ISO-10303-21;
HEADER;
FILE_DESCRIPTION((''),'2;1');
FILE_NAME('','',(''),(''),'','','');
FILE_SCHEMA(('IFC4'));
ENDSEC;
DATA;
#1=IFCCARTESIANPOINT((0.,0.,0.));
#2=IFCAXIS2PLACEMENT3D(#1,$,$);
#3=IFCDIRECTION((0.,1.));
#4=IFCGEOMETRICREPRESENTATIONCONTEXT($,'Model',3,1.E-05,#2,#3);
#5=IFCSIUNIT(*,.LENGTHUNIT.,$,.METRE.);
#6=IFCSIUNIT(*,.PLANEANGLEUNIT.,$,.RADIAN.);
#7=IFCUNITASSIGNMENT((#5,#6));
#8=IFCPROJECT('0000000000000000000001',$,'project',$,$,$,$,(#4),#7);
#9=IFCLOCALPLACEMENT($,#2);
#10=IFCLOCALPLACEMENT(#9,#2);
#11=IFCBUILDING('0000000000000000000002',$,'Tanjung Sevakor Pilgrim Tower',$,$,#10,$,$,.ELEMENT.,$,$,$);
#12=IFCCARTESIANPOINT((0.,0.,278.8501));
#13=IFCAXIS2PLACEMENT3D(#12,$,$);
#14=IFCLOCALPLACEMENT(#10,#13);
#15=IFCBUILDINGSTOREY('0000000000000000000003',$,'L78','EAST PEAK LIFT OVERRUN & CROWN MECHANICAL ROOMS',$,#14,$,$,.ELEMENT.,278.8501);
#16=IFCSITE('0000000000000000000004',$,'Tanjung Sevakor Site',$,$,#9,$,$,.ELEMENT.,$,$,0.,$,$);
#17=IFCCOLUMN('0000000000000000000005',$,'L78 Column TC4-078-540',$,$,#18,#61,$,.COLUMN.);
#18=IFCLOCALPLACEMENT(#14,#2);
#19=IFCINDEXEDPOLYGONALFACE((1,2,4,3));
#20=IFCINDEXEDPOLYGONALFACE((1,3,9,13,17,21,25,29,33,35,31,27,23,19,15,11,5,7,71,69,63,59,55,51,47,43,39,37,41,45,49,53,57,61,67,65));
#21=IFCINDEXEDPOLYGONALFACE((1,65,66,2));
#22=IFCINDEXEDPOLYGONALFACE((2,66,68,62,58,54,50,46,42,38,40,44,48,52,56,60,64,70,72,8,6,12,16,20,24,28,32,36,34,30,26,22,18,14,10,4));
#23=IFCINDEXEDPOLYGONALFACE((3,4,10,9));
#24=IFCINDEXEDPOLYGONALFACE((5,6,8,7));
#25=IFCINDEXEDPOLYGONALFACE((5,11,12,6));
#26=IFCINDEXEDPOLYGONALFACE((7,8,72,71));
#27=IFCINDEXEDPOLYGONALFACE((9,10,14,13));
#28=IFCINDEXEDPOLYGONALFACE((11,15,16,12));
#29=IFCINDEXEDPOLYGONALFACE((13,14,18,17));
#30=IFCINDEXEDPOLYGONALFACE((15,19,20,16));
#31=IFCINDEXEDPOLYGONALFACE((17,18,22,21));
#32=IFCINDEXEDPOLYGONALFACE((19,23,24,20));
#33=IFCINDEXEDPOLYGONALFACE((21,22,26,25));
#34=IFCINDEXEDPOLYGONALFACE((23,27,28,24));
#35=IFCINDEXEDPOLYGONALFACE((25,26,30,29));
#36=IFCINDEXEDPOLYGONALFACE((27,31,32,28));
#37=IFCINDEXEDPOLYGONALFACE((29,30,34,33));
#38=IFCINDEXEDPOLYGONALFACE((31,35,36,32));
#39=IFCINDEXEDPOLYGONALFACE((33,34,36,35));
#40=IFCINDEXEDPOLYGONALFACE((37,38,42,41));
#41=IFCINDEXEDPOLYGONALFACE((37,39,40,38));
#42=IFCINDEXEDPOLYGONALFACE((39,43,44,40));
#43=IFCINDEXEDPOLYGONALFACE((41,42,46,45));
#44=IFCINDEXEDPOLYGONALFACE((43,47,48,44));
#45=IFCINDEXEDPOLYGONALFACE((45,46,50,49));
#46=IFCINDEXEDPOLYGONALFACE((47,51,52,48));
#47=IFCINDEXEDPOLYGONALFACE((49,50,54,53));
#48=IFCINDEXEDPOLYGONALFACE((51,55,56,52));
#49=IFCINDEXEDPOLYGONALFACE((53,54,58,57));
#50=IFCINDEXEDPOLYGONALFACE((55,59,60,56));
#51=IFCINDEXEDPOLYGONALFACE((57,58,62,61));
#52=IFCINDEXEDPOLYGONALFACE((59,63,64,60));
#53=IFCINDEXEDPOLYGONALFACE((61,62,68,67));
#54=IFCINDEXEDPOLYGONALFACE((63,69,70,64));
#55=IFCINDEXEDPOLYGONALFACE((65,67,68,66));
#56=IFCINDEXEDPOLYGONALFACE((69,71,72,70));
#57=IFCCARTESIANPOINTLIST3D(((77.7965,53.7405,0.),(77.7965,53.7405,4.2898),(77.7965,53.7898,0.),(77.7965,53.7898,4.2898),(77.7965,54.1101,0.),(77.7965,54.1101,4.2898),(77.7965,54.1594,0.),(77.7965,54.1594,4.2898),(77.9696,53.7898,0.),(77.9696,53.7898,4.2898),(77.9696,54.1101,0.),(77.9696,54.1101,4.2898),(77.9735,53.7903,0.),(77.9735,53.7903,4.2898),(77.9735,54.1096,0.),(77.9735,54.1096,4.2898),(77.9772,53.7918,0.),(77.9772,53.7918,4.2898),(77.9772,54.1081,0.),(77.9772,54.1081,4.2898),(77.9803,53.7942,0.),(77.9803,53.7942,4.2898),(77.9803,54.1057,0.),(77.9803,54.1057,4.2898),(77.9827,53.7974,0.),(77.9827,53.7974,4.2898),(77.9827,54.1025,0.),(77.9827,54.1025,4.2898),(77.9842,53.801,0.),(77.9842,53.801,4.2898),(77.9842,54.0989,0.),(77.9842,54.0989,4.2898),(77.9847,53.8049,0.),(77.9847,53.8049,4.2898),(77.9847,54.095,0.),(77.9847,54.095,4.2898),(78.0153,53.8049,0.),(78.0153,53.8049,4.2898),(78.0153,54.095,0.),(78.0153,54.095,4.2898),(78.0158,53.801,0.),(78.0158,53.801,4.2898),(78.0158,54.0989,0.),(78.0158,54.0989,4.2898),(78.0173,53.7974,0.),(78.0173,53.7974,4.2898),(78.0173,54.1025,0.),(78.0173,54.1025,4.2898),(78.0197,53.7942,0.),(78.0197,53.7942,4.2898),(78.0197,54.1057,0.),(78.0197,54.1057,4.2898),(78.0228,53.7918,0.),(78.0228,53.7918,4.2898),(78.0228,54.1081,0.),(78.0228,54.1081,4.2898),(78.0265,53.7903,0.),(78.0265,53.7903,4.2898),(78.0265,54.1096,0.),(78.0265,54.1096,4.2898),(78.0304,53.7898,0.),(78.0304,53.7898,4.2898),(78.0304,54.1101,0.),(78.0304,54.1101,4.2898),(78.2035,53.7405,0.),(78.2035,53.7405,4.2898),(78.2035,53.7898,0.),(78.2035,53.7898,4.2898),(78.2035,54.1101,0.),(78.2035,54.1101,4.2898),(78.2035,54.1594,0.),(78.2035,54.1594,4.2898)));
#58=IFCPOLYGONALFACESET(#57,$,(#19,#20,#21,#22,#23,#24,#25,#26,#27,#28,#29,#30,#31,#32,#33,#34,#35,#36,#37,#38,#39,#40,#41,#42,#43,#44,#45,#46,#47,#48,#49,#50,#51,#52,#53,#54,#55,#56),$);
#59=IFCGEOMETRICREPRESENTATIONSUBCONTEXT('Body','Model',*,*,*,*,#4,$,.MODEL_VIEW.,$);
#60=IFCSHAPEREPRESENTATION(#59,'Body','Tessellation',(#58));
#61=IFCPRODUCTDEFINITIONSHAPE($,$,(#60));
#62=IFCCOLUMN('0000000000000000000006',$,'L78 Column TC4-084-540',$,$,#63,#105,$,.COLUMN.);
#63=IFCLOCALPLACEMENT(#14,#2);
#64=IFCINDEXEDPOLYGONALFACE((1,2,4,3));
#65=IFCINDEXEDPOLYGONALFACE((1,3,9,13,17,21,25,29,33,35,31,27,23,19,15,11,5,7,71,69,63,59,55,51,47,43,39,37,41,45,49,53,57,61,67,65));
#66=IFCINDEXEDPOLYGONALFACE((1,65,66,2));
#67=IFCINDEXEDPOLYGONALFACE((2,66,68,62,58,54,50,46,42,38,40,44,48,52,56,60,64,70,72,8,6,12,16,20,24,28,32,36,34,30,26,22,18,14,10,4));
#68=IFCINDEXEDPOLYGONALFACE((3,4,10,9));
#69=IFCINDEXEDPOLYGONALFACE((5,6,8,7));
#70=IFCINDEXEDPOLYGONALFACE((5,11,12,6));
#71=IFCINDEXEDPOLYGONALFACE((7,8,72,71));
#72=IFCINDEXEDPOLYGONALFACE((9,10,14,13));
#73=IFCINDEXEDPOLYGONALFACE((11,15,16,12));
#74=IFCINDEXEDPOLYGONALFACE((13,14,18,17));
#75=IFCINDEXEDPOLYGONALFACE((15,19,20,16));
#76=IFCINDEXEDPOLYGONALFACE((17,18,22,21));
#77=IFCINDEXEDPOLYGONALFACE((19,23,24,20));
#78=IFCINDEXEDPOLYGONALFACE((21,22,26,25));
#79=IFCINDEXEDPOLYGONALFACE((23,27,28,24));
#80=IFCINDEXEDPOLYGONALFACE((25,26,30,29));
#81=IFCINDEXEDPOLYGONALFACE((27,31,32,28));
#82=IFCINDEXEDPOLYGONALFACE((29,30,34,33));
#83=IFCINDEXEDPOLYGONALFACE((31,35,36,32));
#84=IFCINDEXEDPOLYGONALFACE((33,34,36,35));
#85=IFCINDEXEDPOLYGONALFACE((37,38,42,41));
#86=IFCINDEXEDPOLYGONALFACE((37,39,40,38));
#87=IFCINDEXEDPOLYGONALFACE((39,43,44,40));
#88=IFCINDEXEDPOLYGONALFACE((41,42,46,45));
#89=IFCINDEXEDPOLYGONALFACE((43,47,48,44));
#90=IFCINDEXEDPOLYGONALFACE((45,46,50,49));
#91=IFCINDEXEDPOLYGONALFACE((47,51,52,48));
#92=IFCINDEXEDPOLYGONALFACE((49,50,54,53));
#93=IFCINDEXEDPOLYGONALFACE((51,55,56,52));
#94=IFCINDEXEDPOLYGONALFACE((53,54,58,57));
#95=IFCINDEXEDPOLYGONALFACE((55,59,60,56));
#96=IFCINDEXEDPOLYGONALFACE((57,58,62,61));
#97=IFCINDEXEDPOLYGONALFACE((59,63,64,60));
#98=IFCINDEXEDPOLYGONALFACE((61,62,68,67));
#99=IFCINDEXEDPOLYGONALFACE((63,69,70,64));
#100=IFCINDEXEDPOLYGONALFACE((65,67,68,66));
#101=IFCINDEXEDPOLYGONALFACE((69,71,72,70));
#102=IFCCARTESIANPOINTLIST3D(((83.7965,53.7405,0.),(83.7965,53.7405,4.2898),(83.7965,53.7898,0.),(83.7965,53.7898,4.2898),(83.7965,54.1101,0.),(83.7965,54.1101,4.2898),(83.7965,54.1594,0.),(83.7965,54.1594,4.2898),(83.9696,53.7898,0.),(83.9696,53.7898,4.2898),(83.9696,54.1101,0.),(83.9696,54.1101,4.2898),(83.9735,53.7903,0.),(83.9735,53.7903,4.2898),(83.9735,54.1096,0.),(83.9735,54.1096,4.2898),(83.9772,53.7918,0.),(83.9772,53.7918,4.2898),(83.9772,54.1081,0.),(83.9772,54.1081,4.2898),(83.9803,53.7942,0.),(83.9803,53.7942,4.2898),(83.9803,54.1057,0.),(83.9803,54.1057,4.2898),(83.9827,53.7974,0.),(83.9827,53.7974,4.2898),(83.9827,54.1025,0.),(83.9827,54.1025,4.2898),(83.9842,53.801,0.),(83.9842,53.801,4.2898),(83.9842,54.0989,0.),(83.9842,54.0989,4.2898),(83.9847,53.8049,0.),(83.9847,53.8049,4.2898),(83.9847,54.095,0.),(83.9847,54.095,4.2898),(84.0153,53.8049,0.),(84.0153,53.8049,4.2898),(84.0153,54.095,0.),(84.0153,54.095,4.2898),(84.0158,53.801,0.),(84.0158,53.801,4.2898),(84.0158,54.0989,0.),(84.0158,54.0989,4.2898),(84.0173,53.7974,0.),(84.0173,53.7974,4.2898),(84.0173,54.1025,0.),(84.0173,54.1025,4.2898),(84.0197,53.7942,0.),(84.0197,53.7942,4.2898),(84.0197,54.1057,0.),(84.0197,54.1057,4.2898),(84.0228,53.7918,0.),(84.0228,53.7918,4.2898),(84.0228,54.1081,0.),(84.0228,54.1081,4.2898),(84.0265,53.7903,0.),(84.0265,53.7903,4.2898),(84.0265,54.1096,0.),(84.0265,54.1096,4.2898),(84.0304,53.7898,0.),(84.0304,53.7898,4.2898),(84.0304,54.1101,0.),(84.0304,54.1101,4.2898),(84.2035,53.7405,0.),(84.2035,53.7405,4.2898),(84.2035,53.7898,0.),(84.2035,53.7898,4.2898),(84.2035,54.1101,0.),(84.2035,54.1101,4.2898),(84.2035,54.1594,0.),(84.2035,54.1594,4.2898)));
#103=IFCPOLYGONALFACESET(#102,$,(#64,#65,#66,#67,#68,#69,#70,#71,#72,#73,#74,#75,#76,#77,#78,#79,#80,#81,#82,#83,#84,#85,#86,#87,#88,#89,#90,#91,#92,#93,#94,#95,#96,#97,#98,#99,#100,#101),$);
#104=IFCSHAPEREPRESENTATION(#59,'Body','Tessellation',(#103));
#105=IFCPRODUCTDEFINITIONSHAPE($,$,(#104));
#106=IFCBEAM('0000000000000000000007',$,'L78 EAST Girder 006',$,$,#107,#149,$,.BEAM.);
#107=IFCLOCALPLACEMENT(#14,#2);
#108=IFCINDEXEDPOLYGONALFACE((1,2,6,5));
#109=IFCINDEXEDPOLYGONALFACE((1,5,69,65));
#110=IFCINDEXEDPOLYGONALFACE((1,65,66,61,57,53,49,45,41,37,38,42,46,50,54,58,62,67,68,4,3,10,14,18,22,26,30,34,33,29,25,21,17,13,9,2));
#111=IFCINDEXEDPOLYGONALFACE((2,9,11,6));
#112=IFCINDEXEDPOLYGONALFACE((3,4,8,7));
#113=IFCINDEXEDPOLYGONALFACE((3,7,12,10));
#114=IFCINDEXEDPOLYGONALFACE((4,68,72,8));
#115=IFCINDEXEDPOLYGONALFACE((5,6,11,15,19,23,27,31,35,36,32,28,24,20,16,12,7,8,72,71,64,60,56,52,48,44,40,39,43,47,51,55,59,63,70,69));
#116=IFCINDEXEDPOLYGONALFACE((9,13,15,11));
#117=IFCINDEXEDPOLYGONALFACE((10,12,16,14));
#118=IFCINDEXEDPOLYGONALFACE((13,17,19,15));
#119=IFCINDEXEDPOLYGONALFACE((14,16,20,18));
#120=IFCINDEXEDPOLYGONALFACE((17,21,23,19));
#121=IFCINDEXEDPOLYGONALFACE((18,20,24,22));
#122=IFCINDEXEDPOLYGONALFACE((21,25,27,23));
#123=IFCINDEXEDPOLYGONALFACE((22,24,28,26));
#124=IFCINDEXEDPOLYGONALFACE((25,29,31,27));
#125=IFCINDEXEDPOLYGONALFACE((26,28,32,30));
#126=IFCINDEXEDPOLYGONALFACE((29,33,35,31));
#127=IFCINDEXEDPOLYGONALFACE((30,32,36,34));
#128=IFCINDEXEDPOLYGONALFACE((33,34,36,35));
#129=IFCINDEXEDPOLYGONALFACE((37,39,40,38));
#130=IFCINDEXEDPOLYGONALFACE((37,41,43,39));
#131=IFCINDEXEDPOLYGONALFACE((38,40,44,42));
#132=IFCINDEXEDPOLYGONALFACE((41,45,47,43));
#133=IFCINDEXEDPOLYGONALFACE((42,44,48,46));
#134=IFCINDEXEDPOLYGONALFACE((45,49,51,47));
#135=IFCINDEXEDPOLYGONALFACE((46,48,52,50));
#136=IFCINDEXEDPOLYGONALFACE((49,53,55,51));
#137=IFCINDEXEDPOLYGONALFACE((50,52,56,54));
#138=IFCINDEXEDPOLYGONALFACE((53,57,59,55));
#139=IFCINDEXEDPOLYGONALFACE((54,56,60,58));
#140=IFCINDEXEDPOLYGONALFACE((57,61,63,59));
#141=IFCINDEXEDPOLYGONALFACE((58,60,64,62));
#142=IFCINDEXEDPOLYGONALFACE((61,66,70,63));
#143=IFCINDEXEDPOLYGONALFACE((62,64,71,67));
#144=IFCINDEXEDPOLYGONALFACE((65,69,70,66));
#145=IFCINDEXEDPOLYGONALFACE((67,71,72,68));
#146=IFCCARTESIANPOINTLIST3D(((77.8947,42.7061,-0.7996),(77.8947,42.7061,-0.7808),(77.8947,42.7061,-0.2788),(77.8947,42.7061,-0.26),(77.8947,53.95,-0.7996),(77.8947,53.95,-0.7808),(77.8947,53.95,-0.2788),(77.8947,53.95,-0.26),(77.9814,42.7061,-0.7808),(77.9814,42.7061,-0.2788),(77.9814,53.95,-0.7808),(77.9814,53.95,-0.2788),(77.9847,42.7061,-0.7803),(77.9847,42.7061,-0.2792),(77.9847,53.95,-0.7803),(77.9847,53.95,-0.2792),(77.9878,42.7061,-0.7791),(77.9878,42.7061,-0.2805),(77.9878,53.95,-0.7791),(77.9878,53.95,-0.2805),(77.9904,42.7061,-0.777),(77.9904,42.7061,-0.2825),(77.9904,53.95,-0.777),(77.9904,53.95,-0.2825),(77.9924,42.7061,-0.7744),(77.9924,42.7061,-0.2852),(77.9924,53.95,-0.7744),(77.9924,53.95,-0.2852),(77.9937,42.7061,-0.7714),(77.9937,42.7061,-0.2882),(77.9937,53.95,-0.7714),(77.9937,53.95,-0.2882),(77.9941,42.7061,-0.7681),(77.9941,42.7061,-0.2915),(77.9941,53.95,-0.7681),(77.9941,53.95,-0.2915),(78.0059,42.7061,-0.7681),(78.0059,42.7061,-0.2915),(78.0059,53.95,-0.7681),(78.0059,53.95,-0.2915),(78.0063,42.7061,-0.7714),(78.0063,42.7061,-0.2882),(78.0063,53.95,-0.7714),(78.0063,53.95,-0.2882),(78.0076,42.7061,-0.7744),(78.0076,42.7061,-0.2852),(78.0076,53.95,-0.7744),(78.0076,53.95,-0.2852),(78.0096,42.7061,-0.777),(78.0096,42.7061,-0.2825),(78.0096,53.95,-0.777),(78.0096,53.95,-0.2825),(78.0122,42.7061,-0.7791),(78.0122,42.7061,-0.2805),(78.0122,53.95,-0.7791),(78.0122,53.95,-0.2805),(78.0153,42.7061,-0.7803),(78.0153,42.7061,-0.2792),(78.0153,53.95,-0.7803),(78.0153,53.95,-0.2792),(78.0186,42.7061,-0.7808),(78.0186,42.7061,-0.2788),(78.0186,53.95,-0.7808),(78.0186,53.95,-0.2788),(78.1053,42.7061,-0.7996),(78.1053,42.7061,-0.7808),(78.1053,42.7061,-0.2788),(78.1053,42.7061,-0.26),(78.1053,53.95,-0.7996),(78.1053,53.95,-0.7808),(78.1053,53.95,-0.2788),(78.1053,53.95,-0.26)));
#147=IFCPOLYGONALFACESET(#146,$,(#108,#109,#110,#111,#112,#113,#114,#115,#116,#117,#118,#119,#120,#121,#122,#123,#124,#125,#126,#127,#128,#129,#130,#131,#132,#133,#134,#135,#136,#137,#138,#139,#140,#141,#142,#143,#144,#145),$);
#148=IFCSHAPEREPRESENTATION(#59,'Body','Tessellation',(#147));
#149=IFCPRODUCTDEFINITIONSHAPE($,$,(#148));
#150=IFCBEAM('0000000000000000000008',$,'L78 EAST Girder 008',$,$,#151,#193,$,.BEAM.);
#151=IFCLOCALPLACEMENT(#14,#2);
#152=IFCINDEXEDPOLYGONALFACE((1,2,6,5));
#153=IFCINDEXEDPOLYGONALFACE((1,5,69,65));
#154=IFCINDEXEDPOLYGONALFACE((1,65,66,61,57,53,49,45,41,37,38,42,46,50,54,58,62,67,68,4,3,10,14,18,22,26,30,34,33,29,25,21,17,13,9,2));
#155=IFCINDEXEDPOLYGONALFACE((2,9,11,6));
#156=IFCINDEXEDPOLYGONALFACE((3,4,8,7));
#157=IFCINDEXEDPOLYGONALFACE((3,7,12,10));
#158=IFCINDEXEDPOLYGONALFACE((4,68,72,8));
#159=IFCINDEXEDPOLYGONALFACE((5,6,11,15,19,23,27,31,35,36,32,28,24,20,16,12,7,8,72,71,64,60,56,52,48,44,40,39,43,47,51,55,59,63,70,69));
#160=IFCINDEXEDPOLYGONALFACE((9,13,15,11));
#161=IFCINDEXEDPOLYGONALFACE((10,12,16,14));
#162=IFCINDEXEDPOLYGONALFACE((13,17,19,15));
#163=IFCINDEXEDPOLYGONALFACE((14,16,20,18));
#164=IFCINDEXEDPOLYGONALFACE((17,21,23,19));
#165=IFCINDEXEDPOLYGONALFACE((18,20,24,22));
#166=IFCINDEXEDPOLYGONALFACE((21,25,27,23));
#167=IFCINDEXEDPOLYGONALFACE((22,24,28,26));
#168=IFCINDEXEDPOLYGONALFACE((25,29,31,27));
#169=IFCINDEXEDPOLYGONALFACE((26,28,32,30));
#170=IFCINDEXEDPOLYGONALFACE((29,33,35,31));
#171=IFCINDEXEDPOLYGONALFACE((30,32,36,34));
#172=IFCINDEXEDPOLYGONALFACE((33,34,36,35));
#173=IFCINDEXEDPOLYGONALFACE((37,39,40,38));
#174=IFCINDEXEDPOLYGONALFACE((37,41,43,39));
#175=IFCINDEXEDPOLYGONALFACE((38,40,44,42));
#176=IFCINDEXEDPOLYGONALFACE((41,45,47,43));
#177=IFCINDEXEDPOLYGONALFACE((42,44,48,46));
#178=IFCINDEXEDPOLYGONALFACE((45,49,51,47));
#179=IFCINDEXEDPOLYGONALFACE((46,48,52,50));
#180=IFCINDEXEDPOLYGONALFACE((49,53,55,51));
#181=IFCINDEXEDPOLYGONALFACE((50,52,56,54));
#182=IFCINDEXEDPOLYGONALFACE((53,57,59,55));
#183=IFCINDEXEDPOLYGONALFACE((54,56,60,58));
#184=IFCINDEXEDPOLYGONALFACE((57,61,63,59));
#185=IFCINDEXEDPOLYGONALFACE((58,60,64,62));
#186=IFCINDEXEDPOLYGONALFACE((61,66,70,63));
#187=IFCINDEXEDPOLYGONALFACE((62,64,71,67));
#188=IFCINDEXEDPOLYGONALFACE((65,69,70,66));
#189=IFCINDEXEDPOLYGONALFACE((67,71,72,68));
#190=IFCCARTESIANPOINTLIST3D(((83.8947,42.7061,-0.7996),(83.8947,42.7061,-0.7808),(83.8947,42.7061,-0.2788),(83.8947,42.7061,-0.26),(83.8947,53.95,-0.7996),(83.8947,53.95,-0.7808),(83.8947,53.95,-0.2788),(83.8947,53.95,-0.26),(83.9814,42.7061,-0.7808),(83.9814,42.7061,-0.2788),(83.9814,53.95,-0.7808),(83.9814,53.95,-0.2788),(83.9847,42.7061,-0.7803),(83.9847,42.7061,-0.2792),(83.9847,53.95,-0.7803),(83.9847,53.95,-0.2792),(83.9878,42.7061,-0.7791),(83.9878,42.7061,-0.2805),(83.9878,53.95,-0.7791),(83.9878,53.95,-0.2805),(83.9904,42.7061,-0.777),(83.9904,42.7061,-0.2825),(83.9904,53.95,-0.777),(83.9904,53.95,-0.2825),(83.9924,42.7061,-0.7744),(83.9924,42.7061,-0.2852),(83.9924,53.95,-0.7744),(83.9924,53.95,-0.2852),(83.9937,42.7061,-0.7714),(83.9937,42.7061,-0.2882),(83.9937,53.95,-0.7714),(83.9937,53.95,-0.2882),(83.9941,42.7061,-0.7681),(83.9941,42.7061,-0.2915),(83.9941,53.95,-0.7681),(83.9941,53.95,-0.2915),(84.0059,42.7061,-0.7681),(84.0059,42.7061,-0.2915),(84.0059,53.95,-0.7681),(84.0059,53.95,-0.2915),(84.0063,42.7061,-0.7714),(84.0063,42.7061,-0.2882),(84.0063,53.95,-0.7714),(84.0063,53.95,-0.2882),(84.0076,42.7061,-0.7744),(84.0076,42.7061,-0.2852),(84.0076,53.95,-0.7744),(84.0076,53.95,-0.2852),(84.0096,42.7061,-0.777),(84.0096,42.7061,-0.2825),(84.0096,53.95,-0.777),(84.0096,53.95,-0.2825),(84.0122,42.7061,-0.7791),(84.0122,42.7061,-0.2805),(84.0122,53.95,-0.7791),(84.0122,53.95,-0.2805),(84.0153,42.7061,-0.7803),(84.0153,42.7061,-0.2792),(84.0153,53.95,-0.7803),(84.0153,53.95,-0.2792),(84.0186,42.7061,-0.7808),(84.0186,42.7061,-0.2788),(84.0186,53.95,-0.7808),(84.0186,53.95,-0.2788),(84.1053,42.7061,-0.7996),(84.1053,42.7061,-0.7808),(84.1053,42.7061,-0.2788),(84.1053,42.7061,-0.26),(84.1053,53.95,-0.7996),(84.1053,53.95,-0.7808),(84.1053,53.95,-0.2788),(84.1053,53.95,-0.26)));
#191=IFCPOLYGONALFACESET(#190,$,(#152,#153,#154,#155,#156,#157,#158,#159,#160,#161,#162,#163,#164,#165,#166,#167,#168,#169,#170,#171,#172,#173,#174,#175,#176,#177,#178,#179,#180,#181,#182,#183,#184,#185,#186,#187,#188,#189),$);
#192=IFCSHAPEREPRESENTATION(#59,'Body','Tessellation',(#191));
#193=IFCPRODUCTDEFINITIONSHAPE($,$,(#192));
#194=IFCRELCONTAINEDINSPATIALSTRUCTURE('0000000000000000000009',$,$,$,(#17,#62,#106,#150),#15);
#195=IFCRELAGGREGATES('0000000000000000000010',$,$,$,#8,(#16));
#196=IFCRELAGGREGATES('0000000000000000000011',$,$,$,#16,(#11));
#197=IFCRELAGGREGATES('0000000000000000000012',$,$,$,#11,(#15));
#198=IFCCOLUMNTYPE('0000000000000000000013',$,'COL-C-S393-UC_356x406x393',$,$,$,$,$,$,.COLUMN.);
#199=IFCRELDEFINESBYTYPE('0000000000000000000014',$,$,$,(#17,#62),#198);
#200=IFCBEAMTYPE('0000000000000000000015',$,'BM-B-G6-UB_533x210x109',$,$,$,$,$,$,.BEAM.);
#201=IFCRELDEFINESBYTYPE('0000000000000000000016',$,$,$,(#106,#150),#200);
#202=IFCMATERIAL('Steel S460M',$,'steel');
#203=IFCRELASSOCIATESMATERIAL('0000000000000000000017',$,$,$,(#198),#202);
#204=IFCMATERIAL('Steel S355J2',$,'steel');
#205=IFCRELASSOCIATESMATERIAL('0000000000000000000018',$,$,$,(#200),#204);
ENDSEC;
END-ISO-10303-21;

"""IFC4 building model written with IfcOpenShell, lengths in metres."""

from ifc_helpers import new_model, si_unit, direction, frame, origin, origin_2d, place, context, subcontext, project, spatial, i_section, extrude, material, material_profile, profile_set, type_object, element, save


model = new_model("IFC4")

# Units and contexts
model_context = context("Model", 3, precision=1e-05, world=origin(), true_north=direction((0.0, 1.0)))
body_context = subcontext(model_context, "Body", "Model", "MODEL_VIEW")
ifc_project = project(units=[si_unit("LENGTHUNIT", "METRE"), si_unit("PLANEANGLEUNIT", "RADIAN")], contexts=[model_context])

# Site, building, storey
site_placement = place(None, origin())
site = spatial("IfcSite", under=ifc_project, at=site_placement, Name="Tanjung Sevakor Site", CompositionType="ELEMENT", RefElevation=0.0)
building_placement = place(site_placement, origin())
building = spatial("IfcBuilding", under=site, at=building_placement, Name="Tanjung Sevakor Pilgrim Tower", CompositionType="ELEMENT")
storey_placement = place(building_placement, frame((0.0, 0.0, 278.8501)))
storey = spatial("IfcBuildingStorey", under=building, at=storey_placement, Name="L78", Description="EAST PEAK LIFT OVERRUN & CROWN MECHANICAL ROOMS", CompositionType="ELEMENT", Elevation=278.8501)

# Columns
ifc_material_1 = material(Name="Steel S460M", Category="steel")
ifc_material_profile_1 = material_profile(ifc_material_1, i_section(OverallWidth=0.407, OverallDepth=0.4189, WebThickness=0.0305, FlangeThickness=0.0493, FilletRadius=0.0151, at=origin_2d()))
ifc_profile_set_1 = profile_set([ifc_material_profile_1], Name="Steel S460M")
column_type = type_object("IfcColumnType", Name="COL-C-S393-UC_356x406x393", PredefinedType="COLUMN", material=ifc_profile_set_1)
for number, where, z_axis, x_axis, name in (
    (1, (78.0, 53.95, 0.0), (0.0, 0.0, 1.0), (1.0, 0.0, 0.0), "L78 Column TC4-078-540"),
    (2, (84.0, 53.95, 0.0), (0.0, 0.0, 1.0), (1.0, 0.0, 0.0), "L78 Column TC4-084-540"),
):
    element("IfcColumn", number, at=place(storey_placement, frame(where, z_axis=z_axis, x_axis=x_axis)), inside=storey, type_object=column_type, Name=name, PredefinedType="COLUMN", context=body_context, shape_type="SweptSolid", body=[
        extrude(i_section(OverallWidth=0.407, OverallDepth=0.4189, WebThickness=0.0305, FlangeThickness=0.0493, FilletRadius=0.0151, at=origin_2d()), origin(), (0.0, 0.0, 1.0), 4.2898),
    ])

# Beams
ifc_material_2 = material(Name="Steel S355J2", Category="steel")
ifc_material_profile_2 = material_profile(ifc_material_2, i_section(OverallWidth=0.2107, OverallDepth=0.5396, WebThickness=0.0117, FlangeThickness=0.0188, FilletRadius=0.0127, at=origin_2d()))
ifc_profile_set_2 = profile_set([ifc_material_profile_2], Name="Steel S355J2")
beam_type_1 = type_object("IfcBeamType", Name="BM-B-G6-UB_533x210x109", PredefinedType="BEAM", material=ifc_profile_set_2)
for number, where, z_axis, x_axis, name in (
    (3, (78.0, 42.7061, -0.5298), (0.0, 1.0, 0.0), (-1.0, 0.0, 0.0), "L78 EAST Girder 006"),
    (4, (84.0, 42.7061, -0.5298), (0.0, 1.0, 0.0), (-1.0, 0.0, 0.0), "L78 EAST Girder 008"),
):
    element("IfcBeam", number, at=place(storey_placement, frame(where, z_axis=z_axis, x_axis=x_axis)), inside=storey, type_object=beam_type_1, Name=name, PredefinedType="BEAM", context=body_context, shape_type="SweptSolid", body=[
        extrude(i_section(OverallWidth=0.2107, OverallDepth=0.5396, WebThickness=0.0117, FlangeThickness=0.0188, FilletRadius=0.0127, at=origin_2d()), origin(), (0.0, 0.0, 1.0), 11.2439),
    ])

save(model, "model.ifc")
